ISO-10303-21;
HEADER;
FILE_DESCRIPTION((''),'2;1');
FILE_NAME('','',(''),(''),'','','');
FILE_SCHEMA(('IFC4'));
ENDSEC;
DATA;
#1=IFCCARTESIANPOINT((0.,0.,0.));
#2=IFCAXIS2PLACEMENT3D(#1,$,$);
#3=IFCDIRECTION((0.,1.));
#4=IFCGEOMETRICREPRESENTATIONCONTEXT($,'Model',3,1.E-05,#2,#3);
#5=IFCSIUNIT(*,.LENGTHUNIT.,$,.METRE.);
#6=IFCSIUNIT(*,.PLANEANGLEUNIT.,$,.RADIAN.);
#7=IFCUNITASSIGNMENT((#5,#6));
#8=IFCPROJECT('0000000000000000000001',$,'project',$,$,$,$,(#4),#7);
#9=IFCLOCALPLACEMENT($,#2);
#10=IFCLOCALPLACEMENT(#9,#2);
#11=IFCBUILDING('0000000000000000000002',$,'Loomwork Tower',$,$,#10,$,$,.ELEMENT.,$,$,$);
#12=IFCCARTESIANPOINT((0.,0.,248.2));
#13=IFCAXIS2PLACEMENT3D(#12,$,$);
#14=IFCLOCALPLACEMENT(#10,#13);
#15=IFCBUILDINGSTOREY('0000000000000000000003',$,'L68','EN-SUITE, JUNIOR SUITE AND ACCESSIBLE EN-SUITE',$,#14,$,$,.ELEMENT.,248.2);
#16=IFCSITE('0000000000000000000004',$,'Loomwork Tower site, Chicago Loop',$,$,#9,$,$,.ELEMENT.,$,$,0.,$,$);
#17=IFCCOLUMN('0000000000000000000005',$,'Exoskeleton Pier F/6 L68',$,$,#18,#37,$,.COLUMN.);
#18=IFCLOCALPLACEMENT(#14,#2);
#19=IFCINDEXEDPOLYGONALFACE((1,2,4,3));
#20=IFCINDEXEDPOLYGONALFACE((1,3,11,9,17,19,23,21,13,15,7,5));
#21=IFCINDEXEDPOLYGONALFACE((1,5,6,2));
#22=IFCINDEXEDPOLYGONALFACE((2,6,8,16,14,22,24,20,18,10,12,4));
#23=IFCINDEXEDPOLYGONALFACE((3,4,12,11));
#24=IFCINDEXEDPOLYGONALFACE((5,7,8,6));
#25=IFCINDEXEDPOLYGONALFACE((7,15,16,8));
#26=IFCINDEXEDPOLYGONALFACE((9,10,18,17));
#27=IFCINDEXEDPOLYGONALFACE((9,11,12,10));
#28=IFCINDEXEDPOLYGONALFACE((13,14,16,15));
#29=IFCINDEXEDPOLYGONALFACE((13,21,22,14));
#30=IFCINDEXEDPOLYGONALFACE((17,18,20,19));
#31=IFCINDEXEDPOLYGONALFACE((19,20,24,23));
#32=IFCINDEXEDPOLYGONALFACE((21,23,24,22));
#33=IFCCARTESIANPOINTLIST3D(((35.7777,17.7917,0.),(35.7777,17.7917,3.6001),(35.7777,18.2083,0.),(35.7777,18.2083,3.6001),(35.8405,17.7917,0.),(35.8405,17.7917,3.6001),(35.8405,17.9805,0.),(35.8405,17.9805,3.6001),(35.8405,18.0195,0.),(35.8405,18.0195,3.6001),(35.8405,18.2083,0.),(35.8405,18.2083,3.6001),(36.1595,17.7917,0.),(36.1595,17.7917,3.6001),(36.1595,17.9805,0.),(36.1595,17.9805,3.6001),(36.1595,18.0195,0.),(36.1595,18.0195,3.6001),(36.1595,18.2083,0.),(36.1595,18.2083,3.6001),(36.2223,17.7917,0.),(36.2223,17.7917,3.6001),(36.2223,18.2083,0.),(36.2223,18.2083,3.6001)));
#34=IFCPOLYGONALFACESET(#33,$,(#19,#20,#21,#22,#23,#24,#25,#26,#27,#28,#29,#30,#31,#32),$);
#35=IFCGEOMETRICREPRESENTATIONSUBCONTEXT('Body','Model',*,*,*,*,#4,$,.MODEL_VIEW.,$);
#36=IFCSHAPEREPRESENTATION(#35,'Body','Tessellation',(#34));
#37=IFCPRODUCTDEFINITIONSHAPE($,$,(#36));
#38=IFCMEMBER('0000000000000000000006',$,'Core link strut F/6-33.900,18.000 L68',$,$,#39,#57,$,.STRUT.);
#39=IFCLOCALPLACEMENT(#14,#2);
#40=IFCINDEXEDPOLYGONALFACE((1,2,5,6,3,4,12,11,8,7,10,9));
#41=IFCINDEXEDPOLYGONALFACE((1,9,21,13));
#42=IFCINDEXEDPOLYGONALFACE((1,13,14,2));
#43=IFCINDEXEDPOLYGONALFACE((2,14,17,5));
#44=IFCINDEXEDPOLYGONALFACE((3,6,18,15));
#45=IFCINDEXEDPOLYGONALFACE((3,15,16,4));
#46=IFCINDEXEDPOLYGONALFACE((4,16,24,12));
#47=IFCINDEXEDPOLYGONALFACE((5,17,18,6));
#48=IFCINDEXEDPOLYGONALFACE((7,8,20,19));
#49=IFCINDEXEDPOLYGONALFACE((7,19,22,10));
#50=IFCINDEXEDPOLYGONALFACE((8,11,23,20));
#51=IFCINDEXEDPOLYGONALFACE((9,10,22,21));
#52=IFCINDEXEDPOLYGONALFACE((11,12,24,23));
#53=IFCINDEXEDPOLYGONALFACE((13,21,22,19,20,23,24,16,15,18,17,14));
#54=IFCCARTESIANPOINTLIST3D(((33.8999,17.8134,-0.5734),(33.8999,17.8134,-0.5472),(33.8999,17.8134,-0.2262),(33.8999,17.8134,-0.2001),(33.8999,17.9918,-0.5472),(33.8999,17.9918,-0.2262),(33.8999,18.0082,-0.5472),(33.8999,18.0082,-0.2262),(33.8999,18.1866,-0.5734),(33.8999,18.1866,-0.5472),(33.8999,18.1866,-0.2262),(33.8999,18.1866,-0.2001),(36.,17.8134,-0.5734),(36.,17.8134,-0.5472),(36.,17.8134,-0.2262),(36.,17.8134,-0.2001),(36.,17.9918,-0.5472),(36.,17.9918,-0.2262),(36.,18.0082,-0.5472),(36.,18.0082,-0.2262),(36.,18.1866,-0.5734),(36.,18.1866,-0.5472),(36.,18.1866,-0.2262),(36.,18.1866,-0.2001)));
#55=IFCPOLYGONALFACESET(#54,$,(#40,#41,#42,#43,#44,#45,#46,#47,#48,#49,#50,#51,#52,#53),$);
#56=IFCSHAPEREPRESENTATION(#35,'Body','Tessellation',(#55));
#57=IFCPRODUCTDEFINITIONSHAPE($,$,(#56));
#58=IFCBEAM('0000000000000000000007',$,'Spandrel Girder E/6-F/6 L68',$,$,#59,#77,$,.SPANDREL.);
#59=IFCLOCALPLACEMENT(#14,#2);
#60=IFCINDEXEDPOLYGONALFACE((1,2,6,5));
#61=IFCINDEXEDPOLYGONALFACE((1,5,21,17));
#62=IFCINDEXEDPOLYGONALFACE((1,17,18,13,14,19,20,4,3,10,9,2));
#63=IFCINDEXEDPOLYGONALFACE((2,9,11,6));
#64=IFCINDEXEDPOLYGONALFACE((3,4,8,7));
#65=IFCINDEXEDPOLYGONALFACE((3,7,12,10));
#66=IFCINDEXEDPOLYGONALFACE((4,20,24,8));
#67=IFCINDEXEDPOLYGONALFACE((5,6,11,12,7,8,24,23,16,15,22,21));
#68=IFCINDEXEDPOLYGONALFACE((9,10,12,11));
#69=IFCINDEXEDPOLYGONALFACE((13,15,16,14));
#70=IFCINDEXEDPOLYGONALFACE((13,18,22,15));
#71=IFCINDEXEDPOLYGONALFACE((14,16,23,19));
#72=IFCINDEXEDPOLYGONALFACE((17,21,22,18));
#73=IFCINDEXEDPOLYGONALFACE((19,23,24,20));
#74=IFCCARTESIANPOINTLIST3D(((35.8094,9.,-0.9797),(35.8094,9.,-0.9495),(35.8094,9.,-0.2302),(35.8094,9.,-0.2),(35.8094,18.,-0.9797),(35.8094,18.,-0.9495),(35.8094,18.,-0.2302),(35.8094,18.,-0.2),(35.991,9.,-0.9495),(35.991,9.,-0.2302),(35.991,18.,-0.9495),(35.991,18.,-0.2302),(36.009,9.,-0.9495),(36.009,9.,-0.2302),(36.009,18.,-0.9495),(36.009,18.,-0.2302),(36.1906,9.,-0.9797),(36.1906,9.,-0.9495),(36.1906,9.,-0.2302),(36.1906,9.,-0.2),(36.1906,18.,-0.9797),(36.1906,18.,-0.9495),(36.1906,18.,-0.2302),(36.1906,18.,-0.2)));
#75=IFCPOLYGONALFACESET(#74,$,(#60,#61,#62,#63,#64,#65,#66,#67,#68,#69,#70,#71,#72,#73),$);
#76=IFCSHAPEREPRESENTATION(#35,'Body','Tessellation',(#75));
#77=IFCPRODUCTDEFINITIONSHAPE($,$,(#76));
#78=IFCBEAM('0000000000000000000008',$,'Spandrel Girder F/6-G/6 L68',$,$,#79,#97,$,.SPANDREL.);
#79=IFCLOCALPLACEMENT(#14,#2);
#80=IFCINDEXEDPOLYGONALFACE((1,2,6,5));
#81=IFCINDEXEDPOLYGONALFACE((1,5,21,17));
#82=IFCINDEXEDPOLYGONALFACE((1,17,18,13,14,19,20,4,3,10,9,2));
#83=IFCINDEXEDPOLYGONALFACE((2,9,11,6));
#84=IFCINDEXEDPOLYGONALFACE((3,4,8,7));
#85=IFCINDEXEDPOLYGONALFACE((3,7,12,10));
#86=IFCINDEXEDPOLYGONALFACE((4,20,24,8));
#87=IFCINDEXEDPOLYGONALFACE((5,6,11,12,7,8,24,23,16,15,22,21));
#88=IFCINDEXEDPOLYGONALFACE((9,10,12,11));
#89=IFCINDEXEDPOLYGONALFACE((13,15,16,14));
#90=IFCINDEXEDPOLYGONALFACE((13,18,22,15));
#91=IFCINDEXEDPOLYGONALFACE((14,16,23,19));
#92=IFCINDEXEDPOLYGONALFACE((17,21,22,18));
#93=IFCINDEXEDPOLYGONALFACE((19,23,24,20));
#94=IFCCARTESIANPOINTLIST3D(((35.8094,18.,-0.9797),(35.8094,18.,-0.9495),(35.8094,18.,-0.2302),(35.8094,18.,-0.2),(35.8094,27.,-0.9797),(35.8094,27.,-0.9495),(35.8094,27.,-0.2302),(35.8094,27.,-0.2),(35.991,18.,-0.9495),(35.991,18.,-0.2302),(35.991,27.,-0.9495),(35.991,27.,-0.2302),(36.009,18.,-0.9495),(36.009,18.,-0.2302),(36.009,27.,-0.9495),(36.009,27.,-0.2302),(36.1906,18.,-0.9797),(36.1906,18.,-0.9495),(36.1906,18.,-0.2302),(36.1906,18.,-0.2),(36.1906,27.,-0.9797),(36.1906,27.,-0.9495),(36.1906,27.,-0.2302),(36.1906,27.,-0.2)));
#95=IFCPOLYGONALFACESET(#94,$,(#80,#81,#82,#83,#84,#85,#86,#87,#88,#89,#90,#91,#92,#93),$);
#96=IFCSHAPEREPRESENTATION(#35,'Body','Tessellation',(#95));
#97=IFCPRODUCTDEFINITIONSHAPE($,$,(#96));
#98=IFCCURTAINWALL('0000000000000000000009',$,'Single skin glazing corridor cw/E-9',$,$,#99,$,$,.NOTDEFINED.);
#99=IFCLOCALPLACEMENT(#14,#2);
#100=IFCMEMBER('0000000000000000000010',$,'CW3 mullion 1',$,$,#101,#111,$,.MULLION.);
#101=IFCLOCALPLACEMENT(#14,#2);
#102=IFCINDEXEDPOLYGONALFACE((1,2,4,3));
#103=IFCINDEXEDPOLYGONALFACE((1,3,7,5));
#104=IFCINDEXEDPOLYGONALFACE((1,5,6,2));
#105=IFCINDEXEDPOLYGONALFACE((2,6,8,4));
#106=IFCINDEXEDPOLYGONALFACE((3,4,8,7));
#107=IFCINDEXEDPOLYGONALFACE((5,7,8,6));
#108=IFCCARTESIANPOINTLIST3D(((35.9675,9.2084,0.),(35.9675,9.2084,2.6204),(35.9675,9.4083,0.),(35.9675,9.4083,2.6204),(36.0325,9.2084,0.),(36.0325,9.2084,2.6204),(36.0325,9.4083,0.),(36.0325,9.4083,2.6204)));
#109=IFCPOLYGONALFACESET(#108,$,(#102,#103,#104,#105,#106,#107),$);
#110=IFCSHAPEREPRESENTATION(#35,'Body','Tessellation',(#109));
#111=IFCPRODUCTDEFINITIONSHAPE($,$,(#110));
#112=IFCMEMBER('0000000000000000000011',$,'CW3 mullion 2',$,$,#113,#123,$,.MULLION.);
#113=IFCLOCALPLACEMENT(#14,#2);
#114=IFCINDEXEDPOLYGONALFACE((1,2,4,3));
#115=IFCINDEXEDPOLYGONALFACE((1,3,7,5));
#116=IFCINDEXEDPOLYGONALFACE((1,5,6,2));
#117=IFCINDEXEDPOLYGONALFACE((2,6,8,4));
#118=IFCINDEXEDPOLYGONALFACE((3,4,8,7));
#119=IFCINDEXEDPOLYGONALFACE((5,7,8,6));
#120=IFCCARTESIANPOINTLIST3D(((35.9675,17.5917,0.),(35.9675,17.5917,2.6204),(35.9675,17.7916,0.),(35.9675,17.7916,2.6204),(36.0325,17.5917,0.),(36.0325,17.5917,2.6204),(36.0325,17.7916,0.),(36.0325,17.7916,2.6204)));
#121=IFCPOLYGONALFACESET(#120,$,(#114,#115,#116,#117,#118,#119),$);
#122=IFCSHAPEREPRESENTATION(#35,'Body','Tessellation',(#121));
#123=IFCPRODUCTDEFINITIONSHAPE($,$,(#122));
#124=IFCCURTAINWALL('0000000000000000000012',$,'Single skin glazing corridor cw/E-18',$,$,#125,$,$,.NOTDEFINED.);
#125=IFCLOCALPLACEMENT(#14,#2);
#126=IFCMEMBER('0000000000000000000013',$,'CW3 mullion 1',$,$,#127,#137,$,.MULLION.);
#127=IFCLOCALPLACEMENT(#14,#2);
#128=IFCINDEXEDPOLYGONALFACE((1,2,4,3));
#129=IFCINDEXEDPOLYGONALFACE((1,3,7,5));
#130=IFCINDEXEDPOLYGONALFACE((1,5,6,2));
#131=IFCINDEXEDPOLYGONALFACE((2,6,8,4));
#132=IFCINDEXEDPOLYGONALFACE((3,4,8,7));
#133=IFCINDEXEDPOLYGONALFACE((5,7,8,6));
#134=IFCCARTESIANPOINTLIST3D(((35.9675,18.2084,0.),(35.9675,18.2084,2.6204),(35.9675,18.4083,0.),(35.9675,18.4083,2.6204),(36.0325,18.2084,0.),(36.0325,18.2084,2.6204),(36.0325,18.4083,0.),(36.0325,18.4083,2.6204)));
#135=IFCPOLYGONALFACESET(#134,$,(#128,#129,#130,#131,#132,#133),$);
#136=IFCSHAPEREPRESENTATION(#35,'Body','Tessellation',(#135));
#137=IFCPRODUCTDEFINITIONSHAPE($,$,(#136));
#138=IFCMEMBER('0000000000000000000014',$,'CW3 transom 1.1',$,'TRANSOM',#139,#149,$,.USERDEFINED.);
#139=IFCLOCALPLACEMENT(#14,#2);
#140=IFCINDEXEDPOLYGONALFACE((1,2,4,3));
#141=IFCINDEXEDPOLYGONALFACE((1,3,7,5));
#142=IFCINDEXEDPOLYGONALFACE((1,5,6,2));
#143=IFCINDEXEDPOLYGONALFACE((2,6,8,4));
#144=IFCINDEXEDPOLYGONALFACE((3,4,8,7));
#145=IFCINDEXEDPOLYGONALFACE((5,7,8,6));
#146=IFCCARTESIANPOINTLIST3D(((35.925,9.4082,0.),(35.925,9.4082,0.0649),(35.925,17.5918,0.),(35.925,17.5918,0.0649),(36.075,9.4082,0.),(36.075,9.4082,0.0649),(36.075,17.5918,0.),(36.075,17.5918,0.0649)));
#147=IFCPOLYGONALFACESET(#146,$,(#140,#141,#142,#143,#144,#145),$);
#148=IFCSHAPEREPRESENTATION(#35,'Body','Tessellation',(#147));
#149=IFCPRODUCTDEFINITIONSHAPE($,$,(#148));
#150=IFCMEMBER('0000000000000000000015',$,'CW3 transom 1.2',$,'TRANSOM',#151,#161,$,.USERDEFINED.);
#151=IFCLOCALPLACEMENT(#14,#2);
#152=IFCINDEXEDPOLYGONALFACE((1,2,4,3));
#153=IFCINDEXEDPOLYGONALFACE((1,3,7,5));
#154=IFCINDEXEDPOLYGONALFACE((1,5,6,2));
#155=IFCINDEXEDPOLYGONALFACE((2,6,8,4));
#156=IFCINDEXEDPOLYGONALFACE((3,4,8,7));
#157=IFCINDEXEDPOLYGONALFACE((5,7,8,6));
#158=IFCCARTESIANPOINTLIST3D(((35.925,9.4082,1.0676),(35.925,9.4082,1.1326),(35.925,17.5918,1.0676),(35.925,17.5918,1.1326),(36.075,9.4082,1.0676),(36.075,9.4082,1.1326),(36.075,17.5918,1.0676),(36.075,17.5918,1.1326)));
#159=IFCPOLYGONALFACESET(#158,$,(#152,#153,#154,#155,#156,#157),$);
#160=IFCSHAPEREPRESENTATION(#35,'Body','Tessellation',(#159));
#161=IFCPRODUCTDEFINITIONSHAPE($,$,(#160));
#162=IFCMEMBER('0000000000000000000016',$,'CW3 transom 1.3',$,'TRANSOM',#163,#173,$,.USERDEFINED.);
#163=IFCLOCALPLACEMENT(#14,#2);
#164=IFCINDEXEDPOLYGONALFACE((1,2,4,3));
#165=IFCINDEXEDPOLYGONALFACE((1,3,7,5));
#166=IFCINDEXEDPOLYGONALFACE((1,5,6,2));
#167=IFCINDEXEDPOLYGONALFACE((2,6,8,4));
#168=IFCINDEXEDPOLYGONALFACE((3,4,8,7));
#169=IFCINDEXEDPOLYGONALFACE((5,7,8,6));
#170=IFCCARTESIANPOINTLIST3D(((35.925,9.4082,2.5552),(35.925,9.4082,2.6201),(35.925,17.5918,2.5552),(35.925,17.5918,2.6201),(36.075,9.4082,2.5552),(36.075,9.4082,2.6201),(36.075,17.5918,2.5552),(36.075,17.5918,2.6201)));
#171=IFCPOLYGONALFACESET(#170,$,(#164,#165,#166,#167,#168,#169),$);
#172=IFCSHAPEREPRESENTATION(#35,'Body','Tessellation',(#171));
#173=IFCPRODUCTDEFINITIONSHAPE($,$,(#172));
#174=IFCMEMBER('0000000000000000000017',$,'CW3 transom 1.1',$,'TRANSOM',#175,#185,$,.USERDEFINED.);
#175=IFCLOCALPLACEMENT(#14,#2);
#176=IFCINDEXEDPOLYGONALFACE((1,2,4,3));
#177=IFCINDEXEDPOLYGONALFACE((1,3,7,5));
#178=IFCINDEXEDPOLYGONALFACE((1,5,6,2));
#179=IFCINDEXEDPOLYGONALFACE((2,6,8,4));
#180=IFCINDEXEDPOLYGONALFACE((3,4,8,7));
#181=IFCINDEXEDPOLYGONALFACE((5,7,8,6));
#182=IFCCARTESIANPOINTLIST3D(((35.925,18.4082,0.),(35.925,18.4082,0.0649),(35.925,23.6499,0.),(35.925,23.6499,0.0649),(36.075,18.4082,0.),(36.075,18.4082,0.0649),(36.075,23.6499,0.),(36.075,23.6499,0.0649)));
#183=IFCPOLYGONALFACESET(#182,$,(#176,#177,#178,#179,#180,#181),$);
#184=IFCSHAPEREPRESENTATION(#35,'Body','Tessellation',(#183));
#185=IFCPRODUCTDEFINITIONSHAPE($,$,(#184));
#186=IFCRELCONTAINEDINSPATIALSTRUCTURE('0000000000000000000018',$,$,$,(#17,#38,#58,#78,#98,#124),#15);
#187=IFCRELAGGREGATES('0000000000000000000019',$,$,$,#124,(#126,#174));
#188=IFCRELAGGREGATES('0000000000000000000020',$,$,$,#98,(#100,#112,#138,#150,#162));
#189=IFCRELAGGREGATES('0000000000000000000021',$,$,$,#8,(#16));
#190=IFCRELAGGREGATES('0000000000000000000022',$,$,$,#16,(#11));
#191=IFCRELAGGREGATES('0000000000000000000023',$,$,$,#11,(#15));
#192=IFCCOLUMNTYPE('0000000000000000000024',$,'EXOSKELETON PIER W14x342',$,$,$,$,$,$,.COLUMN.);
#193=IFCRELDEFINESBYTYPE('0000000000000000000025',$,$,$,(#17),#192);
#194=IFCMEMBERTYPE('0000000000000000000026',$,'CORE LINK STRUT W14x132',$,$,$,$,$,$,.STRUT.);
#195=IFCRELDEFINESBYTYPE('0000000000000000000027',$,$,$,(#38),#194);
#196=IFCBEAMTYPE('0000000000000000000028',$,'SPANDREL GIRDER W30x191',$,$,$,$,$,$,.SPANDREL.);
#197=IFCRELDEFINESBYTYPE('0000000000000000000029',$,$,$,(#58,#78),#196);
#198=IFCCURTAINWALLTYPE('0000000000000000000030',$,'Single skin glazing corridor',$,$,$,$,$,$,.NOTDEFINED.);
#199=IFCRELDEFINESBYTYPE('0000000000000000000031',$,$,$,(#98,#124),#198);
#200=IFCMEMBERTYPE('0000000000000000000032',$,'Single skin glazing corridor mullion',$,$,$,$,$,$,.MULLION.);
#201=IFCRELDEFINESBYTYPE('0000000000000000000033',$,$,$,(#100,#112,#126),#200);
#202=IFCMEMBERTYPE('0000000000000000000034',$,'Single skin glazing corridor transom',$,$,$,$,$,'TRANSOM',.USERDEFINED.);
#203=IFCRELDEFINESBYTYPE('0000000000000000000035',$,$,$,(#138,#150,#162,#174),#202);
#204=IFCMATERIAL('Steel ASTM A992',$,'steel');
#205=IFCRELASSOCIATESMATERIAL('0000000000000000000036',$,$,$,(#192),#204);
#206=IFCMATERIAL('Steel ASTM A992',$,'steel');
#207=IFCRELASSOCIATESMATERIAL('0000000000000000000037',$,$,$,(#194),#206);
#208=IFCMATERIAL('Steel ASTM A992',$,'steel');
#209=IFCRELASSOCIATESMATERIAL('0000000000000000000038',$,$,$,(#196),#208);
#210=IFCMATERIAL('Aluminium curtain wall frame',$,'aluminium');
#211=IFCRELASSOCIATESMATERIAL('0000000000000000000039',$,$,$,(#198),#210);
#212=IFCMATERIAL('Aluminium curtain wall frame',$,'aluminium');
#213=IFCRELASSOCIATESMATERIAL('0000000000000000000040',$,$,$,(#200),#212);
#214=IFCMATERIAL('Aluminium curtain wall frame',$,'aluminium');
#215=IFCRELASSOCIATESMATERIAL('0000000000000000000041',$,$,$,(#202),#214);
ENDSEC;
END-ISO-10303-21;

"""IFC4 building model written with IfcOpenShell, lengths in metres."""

from ifc_helpers import new_model, si_unit, direction, frame, origin, origin_2d, place, context, subcontext, project, spatial, rectangle, i_section, extrude, material, material_profile, profile_set, type_object, element, aggregate, save


model = new_model("IFC4")

# Units and contexts
model_context = context("Model", 3, precision=1e-05, world=origin(), true_north=direction((0.0, 1.0)))
body_context = subcontext(model_context, "Body", "Model", "MODEL_VIEW")
ifc_project = project(units=[si_unit("LENGTHUNIT", "METRE"), si_unit("PLANEANGLEUNIT", "RADIAN")], contexts=[model_context])

# Site, building, storey
site_placement = place(None, origin())
site = spatial("IfcSite", under=ifc_project, at=site_placement, Name="Loomwork Tower site, Chicago Loop", CompositionType="ELEMENT", RefElevation=0.0)
building_placement = place(site_placement, origin())
building = spatial("IfcBuilding", under=site, at=building_placement, Name="Loomwork Tower", CompositionType="ELEMENT")
storey_placement = place(building_placement, frame((0.0, 0.0, 248.2)))
storey = spatial("IfcBuildingStorey", under=building, at=storey_placement, Name="L68", Description="EN-SUITE, JUNIOR SUITE AND ACCESSIBLE EN-SUITE", CompositionType="ELEMENT", Elevation=248.2)

# Column
ifc_material_1 = material(Name="Steel ASTM A992", Category="steel")
ifc_material_profile_1 = material_profile(ifc_material_1, i_section(OverallWidth=0.4165, OverallDepth=0.4446, WebThickness=0.0391, FlangeThickness=0.0627, at=origin_2d()), Name="W14x342")
ifc_profile_set_1 = profile_set([ifc_material_profile_1], Name="Steel ASTM A992")
column_type = type_object("IfcColumnType", Name="EXOSKELETON PIER W14x342", PredefinedType="COLUMN", material=ifc_profile_set_1)
column_placement = place(storey_placement, frame((36.0, 18.0, 0.0), z_axis=(0.0, 0.0, 1.0), x_axis=(0.0, 1.0, 0.0)))
element("IfcColumn", 1, at=column_placement, inside=storey, type_object=column_type, Name="Exoskeleton Pier F/6 L68", PredefinedType="COLUMN", context=body_context, shape_type="SweptSolid", body=[
    extrude(i_section(OverallWidth=0.4165, OverallDepth=0.4446, WebThickness=0.0391, FlangeThickness=0.0627, at=origin_2d()), origin(), (0.0, 0.0, 1.0), 3.6001),
])

# Member
ifc_material_2 = material(Name="Steel ASTM A992", Category="steel")
ifc_material_profile_2 = material_profile(ifc_material_2, i_section(OverallWidth=0.3733, OverallDepth=0.3733, WebThickness=0.0164, FlangeThickness=0.0261, at=origin_2d()), Name="W14x132")
ifc_profile_set_2 = profile_set([ifc_material_profile_2], Name="Steel ASTM A992")
member_type_1 = type_object("IfcMemberType", Name="CORE LINK STRUT W14x132", PredefinedType="STRUT", material=ifc_profile_set_2)
member_1_placement = place(storey_placement, frame((36.0, 18.0, -0.3867), z_axis=(-1.0, 0.0, 0.0), x_axis=(0.0, -1.0, 0.0)))
element("IfcMember", 2, at=member_1_placement, inside=storey, type_object=member_type_1, Name="Core link strut F/6-33.900,18.000 L68", PredefinedType="STRUT", context=body_context, shape_type="SweptSolid", body=[
    extrude(i_section(OverallWidth=0.3733, OverallDepth=0.3733, WebThickness=0.0164, FlangeThickness=0.0261, at=origin_2d()), origin(), (0.0, 0.0, 1.0), 2.1001),
])

# Beams
ifc_material_3 = material(Name="Steel ASTM A992", Category="steel")
ifc_material_profile_3 = material_profile(ifc_material_3, i_section(OverallWidth=0.3811, OverallDepth=0.7798, WebThickness=0.0181, FlangeThickness=0.0303, at=origin_2d()), Name="W30x191")
ifc_profile_set_3 = profile_set([ifc_material_profile_3], Name="Steel ASTM A992")
beam_type = type_object("IfcBeamType", Name="SPANDREL GIRDER W30x191", PredefinedType="SPANDREL", material=ifc_profile_set_3)
for number, where, z_axis, x_axis, name in (
    (3, (36.0, 9.0, -0.5898), (0.0, 1.0, 0.0), (-1.0, 0.0, 0.0), "Spandrel Girder E/6-F/6 L68"),
    (4, (36.0, 18.0, -0.5898), (0.0, 1.0, 0.0), (-1.0, 0.0, 0.0), "Spandrel Girder F/6-G/6 L68"),
):
    element("IfcBeam", number, at=place(storey_placement, frame(where, z_axis=z_axis, x_axis=x_axis)), inside=storey, type_object=beam_type, Name=name, PredefinedType="SPANDREL", context=body_context, shape_type="SweptSolid", body=[
        extrude(i_section(OverallWidth=0.3811, OverallDepth=0.7798, WebThickness=0.0181, FlangeThickness=0.0303, at=origin_2d()), origin(), (0.0, 0.0, 1.0), 9.0),
    ])

# Curtain wall, members
ifc_material_4 = material(Name="Aluminium curtain wall frame", Category="aluminium")
curtain_wall_type = type_object("IfcCurtainWallType", Name="Single skin glazing corridor", PredefinedType="NOTDEFINED", material=ifc_material_4)
curtain_wall_1_placement = place(storey_placement, origin())
curtain_wall_1 = element("IfcCurtainWall", 5, at=curtain_wall_1_placement, inside=storey, type_object=curtain_wall_type, Name="Single skin glazing corridor cw/E-9", PredefinedType="NOTDEFINED")
ifc_material_5 = material(Name="Aluminium curtain wall frame", Category="aluminium")
ifc_material_profile_4 = material_profile(ifc_material_5, rectangle(XDim=0.0649, YDim=0.2, at=origin_2d()), Name="AL 65x200")
ifc_profile_set_4 = profile_set([ifc_material_profile_4], Name="Aluminium curtain wall frame")
member_type_2 = type_object("IfcMemberType", Name="Single skin glazing corridor mullion", PredefinedType="MULLION", material=ifc_profile_set_4)
member_2_placement = place(storey_placement, frame((36.0, 9.3083, 0.0), z_axis=(0.0, 0.0, 1.0), x_axis=(-1.0, 0.0, 0.0)))
member_2 = element("IfcMember", 6, at=member_2_placement, type_object=member_type_2, Name="CW3 mullion 1", PredefinedType="MULLION", context=body_context, shape_type="SweptSolid", body=[
    extrude(rectangle(XDim=0.0649, YDim=0.2, at=origin_2d()), origin(), (0.0, 0.0, 1.0), 2.6204),
])
member_3_placement = place(storey_placement, frame((36.0, 17.6917, 0.0), z_axis=(0.0, 0.0, 1.0), x_axis=(-1.0, 0.0, 0.0)))
member_3 = element("IfcMember", 7, at=member_3_placement, type_object=member_type_2, Name="CW3 mullion 2", PredefinedType="MULLION", context=body_context, shape_type="SweptSolid", body=[
    extrude(rectangle(XDim=0.0649, YDim=0.2, at=origin_2d()), origin(), (0.0, 0.0, 1.0), 2.6204),
])

# Curtain wall, member
curtain_wall_2_placement = place(storey_placement, origin())
curtain_wall_2 = element("IfcCurtainWall", 8, at=curtain_wall_2_placement, inside=storey, type_object=curtain_wall_type, Name="Single skin glazing corridor cw/E-18", PredefinedType="NOTDEFINED")
member_4_placement = place(storey_placement, frame((36.0, 18.3083, 0.0), z_axis=(0.0, 0.0, 1.0), x_axis=(-1.0, 0.0, 0.0)))
member_4 = element("IfcMember", 9, at=member_4_placement, type_object=member_type_2, Name="CW3 mullion 1", PredefinedType="MULLION", context=body_context, shape_type="SweptSolid", body=[
    extrude(rectangle(XDim=0.0649, YDim=0.2, at=origin_2d()), origin(), (0.0, 0.0, 1.0), 2.6204),
])

# Members
ifc_material_6 = material(Name="Aluminium curtain wall frame", Category="aluminium")
ifc_material_profile_5 = material_profile(ifc_material_6, rectangle(XDim=0.1499, YDim=0.0649, at=origin_2d()), Name="AL 65x150")
ifc_profile_set_5 = profile_set([ifc_material_profile_5], Name="Aluminium curtain wall frame")
member_type_3 = type_object("IfcMemberType", Name="Single skin glazing corridor transom", ElementType="TRANSOM", PredefinedType="USERDEFINED", material=ifc_profile_set_5)
member_5_placement = place(storey_placement, frame((36.0, 9.4082, 0.0325), z_axis=(0.0, 1.0, 0.0), x_axis=(-1.0, 0.0, 0.0)))
member_5 = element("IfcMember", 10, at=member_5_placement, type_object=member_type_3, Name="CW3 transom 1.1", ObjectType="TRANSOM", PredefinedType="USERDEFINED", context=body_context, shape_type="SweptSolid", body=[
    extrude(rectangle(XDim=0.1499, YDim=0.0649, at=origin_2d()), origin(), (0.0, 0.0, 1.0), 8.1836),
])
member_6_placement = place(storey_placement, frame((36.0, 9.4082, 1.1001), z_axis=(0.0, 1.0, 0.0), x_axis=(-1.0, 0.0, 0.0)))
member_6 = element("IfcMember", 11, at=member_6_placement, type_object=member_type_3, Name="CW3 transom 1.2", ObjectType="TRANSOM", PredefinedType="USERDEFINED", context=body_context, shape_type="SweptSolid", body=[
    extrude(rectangle(XDim=0.1499, YDim=0.0649, at=origin_2d()), origin(), (0.0, 0.0, 1.0), 8.1836),
])
member_7_placement = place(storey_placement, frame((36.0, 9.4082, 2.5876), z_axis=(0.0, 1.0, 0.0), x_axis=(-1.0, 0.0, 0.0)))
member_7 = element("IfcMember", 12, at=member_7_placement, type_object=member_type_3, Name="CW3 transom 1.3", ObjectType="TRANSOM", PredefinedType="USERDEFINED", context=body_context, shape_type="SweptSolid", body=[
    extrude(rectangle(XDim=0.1499, YDim=0.0649, at=origin_2d()), origin(), (0.0, 0.0, 1.0), 8.1836),
])
member_8_placement = place(storey_placement, frame((36.0, 18.4082, 0.0325), z_axis=(0.0, 1.0, 0.0), x_axis=(-1.0, 0.0, 0.0)))
member_8 = element("IfcMember", 13, at=member_8_placement, type_object=member_type_3, Name="CW3 transom 1.1", ObjectType="TRANSOM", PredefinedType="USERDEFINED", context=body_context, shape_type="SweptSolid", body=[
    extrude(rectangle(XDim=0.1499, YDim=0.0649, at=origin_2d()), origin(), (0.0, 0.0, 1.0), 5.2417),
])
aggregate(curtain_wall_2, [member_4, member_8])

aggregate(curtain_wall_1, [member_2, member_3, member_5, member_6, member_7])

save(model, "model.ifc")
